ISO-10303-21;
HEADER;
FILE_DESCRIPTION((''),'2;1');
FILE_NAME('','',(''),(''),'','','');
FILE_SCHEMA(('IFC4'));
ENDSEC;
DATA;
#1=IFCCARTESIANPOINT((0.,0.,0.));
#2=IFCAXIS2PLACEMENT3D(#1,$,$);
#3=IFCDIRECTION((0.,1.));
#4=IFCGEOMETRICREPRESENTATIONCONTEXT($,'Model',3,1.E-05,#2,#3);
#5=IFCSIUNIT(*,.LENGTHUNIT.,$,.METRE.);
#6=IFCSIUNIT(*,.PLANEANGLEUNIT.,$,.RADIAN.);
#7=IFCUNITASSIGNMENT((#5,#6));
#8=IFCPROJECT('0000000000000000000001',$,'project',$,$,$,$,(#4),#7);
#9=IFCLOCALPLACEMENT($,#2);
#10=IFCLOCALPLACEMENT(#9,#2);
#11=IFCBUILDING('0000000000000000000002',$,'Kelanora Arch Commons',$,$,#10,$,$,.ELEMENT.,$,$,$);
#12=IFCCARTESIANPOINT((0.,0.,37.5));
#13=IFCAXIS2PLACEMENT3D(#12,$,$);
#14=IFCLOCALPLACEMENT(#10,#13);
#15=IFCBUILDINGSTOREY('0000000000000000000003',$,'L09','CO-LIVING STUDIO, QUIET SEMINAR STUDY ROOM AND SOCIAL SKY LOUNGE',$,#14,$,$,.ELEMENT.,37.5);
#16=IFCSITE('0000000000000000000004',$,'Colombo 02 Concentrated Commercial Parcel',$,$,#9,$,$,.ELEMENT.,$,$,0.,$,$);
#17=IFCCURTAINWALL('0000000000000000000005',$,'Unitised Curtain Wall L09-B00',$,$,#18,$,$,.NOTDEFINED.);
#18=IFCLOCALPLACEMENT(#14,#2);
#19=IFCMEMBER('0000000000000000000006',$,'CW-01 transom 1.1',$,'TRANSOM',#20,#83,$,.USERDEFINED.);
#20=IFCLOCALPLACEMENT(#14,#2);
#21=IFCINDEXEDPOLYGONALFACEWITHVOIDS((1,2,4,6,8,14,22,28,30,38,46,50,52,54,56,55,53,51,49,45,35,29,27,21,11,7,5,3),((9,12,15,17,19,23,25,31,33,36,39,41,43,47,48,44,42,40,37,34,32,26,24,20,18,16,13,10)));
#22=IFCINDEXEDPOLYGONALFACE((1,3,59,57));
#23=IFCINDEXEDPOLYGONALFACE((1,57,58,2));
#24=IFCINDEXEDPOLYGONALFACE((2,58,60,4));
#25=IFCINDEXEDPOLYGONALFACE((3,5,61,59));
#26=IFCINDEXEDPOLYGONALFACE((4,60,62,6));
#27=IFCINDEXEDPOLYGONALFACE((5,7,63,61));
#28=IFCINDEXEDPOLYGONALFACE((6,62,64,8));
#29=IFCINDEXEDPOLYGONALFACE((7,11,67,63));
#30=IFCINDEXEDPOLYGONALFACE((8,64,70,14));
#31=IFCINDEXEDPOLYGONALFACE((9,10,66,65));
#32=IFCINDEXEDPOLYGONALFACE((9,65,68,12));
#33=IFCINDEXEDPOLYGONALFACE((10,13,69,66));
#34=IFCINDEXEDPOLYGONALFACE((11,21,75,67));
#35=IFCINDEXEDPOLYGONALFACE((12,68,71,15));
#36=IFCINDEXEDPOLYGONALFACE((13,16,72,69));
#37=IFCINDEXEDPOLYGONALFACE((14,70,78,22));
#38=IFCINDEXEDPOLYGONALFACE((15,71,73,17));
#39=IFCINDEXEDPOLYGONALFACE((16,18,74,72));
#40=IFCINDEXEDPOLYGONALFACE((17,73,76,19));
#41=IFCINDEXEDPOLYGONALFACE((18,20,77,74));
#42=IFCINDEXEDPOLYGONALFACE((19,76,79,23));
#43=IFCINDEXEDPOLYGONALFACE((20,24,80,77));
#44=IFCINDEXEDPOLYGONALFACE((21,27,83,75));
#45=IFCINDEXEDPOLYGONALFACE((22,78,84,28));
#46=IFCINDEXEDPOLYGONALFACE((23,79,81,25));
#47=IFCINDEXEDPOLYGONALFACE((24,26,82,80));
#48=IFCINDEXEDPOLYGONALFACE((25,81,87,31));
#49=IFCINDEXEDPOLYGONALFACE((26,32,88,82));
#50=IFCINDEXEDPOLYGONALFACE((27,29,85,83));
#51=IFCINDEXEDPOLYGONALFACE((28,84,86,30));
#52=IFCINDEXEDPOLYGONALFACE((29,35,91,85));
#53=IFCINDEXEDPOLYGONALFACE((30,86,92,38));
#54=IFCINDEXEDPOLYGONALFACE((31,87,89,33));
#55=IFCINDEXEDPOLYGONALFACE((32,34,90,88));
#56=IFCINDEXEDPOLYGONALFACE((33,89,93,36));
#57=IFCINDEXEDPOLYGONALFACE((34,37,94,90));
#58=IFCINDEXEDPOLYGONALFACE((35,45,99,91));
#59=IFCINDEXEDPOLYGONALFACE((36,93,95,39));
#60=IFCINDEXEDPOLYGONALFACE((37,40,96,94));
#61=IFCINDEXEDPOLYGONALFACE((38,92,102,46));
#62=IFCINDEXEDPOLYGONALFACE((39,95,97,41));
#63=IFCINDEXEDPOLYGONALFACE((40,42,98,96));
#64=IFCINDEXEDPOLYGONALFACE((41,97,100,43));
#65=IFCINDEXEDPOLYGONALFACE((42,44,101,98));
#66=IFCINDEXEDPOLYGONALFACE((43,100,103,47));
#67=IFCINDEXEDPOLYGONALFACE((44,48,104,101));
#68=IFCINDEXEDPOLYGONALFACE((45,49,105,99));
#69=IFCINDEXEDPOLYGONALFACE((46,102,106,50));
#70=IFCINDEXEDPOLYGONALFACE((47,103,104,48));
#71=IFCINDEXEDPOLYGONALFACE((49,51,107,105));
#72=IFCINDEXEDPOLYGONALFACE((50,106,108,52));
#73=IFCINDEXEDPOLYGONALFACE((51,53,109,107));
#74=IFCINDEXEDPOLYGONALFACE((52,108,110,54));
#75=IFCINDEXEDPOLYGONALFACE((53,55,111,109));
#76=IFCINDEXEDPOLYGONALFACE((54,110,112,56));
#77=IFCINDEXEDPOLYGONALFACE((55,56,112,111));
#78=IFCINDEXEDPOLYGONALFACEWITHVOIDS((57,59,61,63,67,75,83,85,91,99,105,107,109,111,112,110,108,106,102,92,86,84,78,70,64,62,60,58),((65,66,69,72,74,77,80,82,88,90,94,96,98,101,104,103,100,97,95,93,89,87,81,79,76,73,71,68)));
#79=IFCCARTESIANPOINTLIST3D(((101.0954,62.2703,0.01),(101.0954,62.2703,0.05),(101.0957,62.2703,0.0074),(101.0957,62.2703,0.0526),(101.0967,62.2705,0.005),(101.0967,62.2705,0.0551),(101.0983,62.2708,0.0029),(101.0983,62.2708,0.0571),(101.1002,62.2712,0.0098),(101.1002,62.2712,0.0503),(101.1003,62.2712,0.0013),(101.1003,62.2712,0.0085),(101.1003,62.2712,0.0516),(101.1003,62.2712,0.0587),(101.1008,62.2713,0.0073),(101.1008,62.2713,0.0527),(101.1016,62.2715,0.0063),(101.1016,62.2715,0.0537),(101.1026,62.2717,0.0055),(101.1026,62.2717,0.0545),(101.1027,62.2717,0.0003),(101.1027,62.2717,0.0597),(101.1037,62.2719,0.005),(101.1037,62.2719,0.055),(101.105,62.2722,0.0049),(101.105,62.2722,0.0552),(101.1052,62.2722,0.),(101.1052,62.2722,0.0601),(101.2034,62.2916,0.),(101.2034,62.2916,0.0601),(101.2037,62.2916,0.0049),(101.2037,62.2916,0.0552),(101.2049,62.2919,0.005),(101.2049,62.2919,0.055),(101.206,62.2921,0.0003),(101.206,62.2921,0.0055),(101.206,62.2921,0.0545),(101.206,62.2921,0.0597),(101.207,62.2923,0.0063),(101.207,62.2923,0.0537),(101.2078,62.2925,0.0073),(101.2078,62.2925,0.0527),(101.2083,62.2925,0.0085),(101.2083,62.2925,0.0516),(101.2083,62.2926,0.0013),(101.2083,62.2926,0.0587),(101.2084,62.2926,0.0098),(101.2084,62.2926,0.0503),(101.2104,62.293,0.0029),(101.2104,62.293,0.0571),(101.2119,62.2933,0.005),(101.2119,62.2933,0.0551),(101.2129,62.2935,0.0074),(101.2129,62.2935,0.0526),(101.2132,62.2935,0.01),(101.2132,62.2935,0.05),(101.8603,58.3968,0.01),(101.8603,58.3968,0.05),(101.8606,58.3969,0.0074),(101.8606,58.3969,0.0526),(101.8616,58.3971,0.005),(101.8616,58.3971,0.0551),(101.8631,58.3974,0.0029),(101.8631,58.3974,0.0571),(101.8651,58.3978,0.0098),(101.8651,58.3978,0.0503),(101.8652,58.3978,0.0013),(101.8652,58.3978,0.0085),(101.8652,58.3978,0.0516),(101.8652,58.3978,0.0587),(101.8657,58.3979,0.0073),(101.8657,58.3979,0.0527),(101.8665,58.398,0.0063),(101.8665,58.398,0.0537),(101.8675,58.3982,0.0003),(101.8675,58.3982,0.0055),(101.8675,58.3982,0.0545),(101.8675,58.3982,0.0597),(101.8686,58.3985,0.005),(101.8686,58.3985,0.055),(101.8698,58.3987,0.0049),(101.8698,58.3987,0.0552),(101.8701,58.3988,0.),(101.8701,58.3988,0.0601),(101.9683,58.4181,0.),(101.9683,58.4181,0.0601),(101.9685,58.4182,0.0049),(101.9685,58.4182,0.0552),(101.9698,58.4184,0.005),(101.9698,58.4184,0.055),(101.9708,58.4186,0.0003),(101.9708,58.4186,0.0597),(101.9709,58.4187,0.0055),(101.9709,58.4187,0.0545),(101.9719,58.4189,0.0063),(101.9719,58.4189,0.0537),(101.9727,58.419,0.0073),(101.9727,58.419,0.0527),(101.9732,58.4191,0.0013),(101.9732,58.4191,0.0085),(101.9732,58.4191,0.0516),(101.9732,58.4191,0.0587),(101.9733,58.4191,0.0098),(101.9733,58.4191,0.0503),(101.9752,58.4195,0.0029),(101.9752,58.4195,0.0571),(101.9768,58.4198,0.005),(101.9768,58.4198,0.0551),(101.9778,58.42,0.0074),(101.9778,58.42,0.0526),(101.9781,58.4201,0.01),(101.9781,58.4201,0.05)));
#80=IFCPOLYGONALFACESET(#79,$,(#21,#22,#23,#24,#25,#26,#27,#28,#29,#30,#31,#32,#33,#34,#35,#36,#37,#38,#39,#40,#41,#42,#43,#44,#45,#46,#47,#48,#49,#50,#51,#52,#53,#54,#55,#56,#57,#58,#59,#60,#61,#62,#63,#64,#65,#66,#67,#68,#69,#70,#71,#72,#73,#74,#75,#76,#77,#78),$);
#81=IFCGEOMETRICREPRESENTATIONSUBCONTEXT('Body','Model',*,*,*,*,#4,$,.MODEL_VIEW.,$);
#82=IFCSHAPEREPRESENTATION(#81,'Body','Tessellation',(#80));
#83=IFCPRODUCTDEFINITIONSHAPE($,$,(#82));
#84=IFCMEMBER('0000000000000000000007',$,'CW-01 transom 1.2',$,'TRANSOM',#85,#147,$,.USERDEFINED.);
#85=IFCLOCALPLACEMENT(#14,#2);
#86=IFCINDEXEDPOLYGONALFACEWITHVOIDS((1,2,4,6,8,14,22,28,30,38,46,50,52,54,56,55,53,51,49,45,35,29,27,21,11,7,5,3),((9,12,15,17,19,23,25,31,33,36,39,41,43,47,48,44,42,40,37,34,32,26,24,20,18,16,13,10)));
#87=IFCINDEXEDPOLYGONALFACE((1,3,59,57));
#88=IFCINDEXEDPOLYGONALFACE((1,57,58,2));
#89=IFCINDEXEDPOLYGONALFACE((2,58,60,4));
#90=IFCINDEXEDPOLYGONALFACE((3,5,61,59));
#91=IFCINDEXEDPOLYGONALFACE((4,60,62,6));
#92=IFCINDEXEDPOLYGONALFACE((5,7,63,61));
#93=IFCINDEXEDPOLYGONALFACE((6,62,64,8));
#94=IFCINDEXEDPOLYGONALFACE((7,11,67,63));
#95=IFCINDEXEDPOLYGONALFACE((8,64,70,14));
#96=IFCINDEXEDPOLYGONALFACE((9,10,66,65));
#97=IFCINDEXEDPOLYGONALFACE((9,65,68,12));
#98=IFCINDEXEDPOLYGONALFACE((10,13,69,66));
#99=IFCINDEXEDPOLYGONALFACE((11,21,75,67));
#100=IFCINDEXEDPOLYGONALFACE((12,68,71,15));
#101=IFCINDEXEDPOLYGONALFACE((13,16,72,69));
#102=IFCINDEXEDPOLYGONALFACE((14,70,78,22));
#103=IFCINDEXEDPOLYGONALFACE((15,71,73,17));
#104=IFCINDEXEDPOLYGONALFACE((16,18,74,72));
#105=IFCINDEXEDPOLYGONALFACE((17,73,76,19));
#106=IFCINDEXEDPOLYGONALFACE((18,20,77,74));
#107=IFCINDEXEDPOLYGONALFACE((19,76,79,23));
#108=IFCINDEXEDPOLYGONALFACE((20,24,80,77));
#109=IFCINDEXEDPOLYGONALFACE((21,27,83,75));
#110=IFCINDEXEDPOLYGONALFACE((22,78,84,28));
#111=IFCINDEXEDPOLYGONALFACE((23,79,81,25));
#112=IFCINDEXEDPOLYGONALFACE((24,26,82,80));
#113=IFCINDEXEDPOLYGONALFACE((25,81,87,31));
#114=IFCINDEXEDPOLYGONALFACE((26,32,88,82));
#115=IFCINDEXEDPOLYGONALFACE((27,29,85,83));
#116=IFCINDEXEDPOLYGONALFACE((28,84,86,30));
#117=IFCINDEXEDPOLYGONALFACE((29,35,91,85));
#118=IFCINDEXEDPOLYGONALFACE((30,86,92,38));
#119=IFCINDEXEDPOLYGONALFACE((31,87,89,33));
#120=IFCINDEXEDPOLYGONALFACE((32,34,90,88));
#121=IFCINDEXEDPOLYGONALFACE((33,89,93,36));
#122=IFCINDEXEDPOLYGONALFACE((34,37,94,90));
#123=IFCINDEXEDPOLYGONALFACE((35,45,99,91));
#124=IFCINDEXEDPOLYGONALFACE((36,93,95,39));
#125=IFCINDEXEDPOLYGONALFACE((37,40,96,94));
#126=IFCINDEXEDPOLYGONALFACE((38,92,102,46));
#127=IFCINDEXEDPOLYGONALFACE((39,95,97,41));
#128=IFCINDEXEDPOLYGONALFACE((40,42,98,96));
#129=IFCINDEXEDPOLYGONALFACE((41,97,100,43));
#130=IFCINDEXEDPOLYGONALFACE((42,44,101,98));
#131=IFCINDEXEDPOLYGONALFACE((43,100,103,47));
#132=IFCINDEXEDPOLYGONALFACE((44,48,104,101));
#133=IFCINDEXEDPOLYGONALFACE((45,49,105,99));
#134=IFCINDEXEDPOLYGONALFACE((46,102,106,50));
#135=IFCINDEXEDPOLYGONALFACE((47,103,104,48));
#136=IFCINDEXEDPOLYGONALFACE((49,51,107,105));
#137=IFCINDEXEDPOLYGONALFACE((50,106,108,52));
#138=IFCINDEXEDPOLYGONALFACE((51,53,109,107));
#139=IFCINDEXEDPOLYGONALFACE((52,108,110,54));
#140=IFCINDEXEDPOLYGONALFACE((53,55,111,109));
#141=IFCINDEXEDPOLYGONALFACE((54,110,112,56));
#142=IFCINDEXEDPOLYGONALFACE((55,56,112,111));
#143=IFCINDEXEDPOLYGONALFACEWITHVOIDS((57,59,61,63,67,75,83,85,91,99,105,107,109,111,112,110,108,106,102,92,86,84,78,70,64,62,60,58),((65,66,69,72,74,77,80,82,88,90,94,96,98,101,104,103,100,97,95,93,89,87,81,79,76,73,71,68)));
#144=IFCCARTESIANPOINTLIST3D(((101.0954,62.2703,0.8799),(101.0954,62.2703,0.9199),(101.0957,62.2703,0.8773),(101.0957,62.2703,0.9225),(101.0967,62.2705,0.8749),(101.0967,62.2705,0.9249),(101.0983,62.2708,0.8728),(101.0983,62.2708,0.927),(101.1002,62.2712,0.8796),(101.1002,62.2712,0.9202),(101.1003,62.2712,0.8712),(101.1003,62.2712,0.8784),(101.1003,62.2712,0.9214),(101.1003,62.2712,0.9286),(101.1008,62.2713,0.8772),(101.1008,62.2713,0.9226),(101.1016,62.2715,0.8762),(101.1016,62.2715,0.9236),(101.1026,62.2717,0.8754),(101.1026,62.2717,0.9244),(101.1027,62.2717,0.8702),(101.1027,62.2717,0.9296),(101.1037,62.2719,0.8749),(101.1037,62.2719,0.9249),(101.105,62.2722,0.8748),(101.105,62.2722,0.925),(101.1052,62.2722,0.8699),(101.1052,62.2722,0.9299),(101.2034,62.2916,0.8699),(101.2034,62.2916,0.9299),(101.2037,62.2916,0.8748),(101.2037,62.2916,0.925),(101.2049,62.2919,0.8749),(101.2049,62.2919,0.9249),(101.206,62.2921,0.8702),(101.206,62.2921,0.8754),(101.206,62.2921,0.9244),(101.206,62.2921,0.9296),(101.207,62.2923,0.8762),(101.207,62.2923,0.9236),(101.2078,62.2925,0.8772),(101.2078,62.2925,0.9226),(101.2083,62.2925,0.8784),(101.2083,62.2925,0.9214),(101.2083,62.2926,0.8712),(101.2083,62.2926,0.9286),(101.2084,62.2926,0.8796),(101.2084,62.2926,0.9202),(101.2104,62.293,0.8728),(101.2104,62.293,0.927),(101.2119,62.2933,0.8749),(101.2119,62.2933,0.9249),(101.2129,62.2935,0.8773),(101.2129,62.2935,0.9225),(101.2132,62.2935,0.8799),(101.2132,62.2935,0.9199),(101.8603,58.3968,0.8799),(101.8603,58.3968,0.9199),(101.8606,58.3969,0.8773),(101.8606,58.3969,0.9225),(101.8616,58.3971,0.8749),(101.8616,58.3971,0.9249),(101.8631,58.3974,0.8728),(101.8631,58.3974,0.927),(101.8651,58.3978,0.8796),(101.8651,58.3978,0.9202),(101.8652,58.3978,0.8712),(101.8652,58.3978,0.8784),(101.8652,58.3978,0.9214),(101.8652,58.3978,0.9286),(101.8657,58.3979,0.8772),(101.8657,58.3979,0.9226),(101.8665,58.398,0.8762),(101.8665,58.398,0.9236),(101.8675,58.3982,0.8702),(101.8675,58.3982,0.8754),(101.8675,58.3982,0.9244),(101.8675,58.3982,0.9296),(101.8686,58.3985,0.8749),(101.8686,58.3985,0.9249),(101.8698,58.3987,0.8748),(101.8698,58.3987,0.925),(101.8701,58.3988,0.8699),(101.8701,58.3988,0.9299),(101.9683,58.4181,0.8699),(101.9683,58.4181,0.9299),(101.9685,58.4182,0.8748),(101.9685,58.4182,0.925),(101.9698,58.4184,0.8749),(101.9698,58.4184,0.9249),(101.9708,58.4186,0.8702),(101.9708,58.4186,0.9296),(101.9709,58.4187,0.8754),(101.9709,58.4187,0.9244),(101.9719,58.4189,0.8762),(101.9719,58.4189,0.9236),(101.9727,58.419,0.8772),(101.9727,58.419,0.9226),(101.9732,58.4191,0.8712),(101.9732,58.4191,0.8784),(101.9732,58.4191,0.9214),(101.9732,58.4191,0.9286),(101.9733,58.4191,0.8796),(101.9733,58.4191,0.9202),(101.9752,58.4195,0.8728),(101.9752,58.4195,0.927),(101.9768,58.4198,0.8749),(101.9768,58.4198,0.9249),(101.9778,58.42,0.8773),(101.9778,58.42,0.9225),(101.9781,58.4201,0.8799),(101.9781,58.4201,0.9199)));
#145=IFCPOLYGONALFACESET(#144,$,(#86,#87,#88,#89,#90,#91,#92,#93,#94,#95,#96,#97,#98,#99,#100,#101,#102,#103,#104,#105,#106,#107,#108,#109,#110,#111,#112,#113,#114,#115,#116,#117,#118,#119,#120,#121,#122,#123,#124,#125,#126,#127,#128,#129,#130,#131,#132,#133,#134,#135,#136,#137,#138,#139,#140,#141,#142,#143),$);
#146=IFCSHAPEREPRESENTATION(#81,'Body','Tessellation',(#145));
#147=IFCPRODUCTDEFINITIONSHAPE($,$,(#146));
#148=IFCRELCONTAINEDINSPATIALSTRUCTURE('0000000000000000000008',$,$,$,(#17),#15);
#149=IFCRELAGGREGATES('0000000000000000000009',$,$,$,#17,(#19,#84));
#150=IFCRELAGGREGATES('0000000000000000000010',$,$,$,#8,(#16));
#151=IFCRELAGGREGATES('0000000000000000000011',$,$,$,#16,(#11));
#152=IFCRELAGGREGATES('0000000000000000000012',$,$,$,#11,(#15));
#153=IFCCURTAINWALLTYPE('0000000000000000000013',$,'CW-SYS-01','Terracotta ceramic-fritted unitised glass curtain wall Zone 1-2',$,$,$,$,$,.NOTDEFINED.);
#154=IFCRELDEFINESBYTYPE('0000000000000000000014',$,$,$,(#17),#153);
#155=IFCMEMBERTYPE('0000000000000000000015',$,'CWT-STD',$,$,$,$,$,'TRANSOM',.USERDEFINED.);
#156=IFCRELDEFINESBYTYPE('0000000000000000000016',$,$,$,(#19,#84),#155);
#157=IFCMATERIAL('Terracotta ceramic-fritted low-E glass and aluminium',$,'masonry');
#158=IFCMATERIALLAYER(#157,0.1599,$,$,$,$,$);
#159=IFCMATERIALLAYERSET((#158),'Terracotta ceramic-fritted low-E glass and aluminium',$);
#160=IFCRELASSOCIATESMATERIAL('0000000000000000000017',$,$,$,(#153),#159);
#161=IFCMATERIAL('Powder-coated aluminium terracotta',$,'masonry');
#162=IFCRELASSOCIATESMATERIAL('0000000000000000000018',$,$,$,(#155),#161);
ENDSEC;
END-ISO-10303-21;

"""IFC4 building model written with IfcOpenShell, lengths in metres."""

from ifc_helpers import new_model, si_unit, direction, frame, origin, origin_2d, place, context, subcontext, project, spatial, hollow_rectangle, extrude, material, layer, layer_set, material_profile, profile_set, type_object, element, aggregate, save


model = new_model("IFC4")

# Units and contexts
model_context = context("Model", 3, precision=1e-05, world=origin(), true_north=direction((0.0, 1.0)))
body_context = subcontext(model_context, "Body", "Model", "MODEL_VIEW")
ifc_project = project(units=[si_unit("LENGTHUNIT", "METRE"), si_unit("PLANEANGLEUNIT", "RADIAN")], contexts=[model_context])

# Site, building, storey
site_placement = place(None, origin())
site = spatial("IfcSite", under=ifc_project, at=site_placement, Name="Colombo 02 Concentrated Commercial Parcel", CompositionType="ELEMENT", RefElevation=0.0)
building_placement = place(site_placement, origin())
building = spatial("IfcBuilding", under=site, at=building_placement, Name="Kelanora Arch Commons", CompositionType="ELEMENT")
storey_placement = place(building_placement, frame((0.0, 0.0, 37.5)))
storey = spatial("IfcBuildingStorey", under=building, at=storey_placement, Name="L09", Description="CO-LIVING STUDIO, QUIET SEMINAR STUDY ROOM AND SOCIAL SKY LOUNGE", CompositionType="ELEMENT", Elevation=37.5)

# Curtain wall, members
ifc_material_1 = material(Name="Terracotta ceramic-fritted low-E glass and aluminium", Category="masonry")
ifc_layer_1 = layer(ifc_material_1, 0.1599)
ifc_layer_set_1 = layer_set([ifc_layer_1], Name="Terracotta ceramic-fritted low-E glass and aluminium")
curtain_wall_type = type_object("IfcCurtainWallType", Name="CW-SYS-01", Description="Terracotta ceramic-fritted unitised glass curtain wall Zone 1-2", PredefinedType="NOTDEFINED", material=ifc_layer_set_1)
curtain_wall_placement = place(storey_placement, origin())
curtain_wall = element("IfcCurtainWall", 1, at=curtain_wall_placement, inside=storey, type_object=curtain_wall_type, Name="Unitised Curtain Wall L09-B00", PredefinedType="NOTDEFINED")
ifc_material_2 = material(Name="Powder-coated aluminium terracotta", Category="masonry")
ifc_material_profile_1 = material_profile(ifc_material_2, hollow_rectangle(XDim=0.1201, YDim=0.0601, WallThickness=0.0049, InnerFilletRadius=0.0049, OuterFilletRadius=0.01, at=origin_2d()), Name="CWT120x60")
ifc_profile_set_1 = profile_set([ifc_material_profile_1], Name="Powder-coated aluminium terracotta")
member_type_1 = type_object("IfcMemberType", Name="CWT-STD", ElementType="TRANSOM", PredefinedType="USERDEFINED", material=ifc_profile_set_1)
member_1_placement = place(storey_placement, frame((101.9192, 58.4084, 0.03), z_axis=(-0.193725, 0.981056, 0.0), x_axis=(-0.981056, -0.193725, 0.0)))
member_1 = element("IfcMember", 2, at=member_1_placement, type_object=member_type_1, Name="CW-01 transom 1.1", ObjectType="TRANSOM", PredefinedType="USERDEFINED", context=body_context, shape_type="SweptSolid", body=[
    extrude(hollow_rectangle(XDim=0.1201, YDim=0.0601, WallThickness=0.0049, InnerFilletRadius=0.0049, OuterFilletRadius=0.01, at=origin_2d()), origin(), (0.0, 0.0, 1.0), 3.9482),
])
member_2_placement = place(storey_placement, frame((101.9192, 58.4084, 0.8999), z_axis=(-0.193725, 0.981056, 0.0), x_axis=(-0.981056, -0.193725, 0.0)))
member_2 = element("IfcMember", 3, at=member_2_placement, type_object=member_type_1, Name="CW-01 transom 1.2", ObjectType="TRANSOM", PredefinedType="USERDEFINED", context=body_context, shape_type="SweptSolid", body=[
    extrude(hollow_rectangle(XDim=0.1201, YDim=0.0601, WallThickness=0.0049, InnerFilletRadius=0.0049, OuterFilletRadius=0.01, at=origin_2d()), origin(), (0.0, 0.0, 1.0), 3.9482),
])
aggregate(curtain_wall, [member_1, member_2])

save(model, "model.ifc")
